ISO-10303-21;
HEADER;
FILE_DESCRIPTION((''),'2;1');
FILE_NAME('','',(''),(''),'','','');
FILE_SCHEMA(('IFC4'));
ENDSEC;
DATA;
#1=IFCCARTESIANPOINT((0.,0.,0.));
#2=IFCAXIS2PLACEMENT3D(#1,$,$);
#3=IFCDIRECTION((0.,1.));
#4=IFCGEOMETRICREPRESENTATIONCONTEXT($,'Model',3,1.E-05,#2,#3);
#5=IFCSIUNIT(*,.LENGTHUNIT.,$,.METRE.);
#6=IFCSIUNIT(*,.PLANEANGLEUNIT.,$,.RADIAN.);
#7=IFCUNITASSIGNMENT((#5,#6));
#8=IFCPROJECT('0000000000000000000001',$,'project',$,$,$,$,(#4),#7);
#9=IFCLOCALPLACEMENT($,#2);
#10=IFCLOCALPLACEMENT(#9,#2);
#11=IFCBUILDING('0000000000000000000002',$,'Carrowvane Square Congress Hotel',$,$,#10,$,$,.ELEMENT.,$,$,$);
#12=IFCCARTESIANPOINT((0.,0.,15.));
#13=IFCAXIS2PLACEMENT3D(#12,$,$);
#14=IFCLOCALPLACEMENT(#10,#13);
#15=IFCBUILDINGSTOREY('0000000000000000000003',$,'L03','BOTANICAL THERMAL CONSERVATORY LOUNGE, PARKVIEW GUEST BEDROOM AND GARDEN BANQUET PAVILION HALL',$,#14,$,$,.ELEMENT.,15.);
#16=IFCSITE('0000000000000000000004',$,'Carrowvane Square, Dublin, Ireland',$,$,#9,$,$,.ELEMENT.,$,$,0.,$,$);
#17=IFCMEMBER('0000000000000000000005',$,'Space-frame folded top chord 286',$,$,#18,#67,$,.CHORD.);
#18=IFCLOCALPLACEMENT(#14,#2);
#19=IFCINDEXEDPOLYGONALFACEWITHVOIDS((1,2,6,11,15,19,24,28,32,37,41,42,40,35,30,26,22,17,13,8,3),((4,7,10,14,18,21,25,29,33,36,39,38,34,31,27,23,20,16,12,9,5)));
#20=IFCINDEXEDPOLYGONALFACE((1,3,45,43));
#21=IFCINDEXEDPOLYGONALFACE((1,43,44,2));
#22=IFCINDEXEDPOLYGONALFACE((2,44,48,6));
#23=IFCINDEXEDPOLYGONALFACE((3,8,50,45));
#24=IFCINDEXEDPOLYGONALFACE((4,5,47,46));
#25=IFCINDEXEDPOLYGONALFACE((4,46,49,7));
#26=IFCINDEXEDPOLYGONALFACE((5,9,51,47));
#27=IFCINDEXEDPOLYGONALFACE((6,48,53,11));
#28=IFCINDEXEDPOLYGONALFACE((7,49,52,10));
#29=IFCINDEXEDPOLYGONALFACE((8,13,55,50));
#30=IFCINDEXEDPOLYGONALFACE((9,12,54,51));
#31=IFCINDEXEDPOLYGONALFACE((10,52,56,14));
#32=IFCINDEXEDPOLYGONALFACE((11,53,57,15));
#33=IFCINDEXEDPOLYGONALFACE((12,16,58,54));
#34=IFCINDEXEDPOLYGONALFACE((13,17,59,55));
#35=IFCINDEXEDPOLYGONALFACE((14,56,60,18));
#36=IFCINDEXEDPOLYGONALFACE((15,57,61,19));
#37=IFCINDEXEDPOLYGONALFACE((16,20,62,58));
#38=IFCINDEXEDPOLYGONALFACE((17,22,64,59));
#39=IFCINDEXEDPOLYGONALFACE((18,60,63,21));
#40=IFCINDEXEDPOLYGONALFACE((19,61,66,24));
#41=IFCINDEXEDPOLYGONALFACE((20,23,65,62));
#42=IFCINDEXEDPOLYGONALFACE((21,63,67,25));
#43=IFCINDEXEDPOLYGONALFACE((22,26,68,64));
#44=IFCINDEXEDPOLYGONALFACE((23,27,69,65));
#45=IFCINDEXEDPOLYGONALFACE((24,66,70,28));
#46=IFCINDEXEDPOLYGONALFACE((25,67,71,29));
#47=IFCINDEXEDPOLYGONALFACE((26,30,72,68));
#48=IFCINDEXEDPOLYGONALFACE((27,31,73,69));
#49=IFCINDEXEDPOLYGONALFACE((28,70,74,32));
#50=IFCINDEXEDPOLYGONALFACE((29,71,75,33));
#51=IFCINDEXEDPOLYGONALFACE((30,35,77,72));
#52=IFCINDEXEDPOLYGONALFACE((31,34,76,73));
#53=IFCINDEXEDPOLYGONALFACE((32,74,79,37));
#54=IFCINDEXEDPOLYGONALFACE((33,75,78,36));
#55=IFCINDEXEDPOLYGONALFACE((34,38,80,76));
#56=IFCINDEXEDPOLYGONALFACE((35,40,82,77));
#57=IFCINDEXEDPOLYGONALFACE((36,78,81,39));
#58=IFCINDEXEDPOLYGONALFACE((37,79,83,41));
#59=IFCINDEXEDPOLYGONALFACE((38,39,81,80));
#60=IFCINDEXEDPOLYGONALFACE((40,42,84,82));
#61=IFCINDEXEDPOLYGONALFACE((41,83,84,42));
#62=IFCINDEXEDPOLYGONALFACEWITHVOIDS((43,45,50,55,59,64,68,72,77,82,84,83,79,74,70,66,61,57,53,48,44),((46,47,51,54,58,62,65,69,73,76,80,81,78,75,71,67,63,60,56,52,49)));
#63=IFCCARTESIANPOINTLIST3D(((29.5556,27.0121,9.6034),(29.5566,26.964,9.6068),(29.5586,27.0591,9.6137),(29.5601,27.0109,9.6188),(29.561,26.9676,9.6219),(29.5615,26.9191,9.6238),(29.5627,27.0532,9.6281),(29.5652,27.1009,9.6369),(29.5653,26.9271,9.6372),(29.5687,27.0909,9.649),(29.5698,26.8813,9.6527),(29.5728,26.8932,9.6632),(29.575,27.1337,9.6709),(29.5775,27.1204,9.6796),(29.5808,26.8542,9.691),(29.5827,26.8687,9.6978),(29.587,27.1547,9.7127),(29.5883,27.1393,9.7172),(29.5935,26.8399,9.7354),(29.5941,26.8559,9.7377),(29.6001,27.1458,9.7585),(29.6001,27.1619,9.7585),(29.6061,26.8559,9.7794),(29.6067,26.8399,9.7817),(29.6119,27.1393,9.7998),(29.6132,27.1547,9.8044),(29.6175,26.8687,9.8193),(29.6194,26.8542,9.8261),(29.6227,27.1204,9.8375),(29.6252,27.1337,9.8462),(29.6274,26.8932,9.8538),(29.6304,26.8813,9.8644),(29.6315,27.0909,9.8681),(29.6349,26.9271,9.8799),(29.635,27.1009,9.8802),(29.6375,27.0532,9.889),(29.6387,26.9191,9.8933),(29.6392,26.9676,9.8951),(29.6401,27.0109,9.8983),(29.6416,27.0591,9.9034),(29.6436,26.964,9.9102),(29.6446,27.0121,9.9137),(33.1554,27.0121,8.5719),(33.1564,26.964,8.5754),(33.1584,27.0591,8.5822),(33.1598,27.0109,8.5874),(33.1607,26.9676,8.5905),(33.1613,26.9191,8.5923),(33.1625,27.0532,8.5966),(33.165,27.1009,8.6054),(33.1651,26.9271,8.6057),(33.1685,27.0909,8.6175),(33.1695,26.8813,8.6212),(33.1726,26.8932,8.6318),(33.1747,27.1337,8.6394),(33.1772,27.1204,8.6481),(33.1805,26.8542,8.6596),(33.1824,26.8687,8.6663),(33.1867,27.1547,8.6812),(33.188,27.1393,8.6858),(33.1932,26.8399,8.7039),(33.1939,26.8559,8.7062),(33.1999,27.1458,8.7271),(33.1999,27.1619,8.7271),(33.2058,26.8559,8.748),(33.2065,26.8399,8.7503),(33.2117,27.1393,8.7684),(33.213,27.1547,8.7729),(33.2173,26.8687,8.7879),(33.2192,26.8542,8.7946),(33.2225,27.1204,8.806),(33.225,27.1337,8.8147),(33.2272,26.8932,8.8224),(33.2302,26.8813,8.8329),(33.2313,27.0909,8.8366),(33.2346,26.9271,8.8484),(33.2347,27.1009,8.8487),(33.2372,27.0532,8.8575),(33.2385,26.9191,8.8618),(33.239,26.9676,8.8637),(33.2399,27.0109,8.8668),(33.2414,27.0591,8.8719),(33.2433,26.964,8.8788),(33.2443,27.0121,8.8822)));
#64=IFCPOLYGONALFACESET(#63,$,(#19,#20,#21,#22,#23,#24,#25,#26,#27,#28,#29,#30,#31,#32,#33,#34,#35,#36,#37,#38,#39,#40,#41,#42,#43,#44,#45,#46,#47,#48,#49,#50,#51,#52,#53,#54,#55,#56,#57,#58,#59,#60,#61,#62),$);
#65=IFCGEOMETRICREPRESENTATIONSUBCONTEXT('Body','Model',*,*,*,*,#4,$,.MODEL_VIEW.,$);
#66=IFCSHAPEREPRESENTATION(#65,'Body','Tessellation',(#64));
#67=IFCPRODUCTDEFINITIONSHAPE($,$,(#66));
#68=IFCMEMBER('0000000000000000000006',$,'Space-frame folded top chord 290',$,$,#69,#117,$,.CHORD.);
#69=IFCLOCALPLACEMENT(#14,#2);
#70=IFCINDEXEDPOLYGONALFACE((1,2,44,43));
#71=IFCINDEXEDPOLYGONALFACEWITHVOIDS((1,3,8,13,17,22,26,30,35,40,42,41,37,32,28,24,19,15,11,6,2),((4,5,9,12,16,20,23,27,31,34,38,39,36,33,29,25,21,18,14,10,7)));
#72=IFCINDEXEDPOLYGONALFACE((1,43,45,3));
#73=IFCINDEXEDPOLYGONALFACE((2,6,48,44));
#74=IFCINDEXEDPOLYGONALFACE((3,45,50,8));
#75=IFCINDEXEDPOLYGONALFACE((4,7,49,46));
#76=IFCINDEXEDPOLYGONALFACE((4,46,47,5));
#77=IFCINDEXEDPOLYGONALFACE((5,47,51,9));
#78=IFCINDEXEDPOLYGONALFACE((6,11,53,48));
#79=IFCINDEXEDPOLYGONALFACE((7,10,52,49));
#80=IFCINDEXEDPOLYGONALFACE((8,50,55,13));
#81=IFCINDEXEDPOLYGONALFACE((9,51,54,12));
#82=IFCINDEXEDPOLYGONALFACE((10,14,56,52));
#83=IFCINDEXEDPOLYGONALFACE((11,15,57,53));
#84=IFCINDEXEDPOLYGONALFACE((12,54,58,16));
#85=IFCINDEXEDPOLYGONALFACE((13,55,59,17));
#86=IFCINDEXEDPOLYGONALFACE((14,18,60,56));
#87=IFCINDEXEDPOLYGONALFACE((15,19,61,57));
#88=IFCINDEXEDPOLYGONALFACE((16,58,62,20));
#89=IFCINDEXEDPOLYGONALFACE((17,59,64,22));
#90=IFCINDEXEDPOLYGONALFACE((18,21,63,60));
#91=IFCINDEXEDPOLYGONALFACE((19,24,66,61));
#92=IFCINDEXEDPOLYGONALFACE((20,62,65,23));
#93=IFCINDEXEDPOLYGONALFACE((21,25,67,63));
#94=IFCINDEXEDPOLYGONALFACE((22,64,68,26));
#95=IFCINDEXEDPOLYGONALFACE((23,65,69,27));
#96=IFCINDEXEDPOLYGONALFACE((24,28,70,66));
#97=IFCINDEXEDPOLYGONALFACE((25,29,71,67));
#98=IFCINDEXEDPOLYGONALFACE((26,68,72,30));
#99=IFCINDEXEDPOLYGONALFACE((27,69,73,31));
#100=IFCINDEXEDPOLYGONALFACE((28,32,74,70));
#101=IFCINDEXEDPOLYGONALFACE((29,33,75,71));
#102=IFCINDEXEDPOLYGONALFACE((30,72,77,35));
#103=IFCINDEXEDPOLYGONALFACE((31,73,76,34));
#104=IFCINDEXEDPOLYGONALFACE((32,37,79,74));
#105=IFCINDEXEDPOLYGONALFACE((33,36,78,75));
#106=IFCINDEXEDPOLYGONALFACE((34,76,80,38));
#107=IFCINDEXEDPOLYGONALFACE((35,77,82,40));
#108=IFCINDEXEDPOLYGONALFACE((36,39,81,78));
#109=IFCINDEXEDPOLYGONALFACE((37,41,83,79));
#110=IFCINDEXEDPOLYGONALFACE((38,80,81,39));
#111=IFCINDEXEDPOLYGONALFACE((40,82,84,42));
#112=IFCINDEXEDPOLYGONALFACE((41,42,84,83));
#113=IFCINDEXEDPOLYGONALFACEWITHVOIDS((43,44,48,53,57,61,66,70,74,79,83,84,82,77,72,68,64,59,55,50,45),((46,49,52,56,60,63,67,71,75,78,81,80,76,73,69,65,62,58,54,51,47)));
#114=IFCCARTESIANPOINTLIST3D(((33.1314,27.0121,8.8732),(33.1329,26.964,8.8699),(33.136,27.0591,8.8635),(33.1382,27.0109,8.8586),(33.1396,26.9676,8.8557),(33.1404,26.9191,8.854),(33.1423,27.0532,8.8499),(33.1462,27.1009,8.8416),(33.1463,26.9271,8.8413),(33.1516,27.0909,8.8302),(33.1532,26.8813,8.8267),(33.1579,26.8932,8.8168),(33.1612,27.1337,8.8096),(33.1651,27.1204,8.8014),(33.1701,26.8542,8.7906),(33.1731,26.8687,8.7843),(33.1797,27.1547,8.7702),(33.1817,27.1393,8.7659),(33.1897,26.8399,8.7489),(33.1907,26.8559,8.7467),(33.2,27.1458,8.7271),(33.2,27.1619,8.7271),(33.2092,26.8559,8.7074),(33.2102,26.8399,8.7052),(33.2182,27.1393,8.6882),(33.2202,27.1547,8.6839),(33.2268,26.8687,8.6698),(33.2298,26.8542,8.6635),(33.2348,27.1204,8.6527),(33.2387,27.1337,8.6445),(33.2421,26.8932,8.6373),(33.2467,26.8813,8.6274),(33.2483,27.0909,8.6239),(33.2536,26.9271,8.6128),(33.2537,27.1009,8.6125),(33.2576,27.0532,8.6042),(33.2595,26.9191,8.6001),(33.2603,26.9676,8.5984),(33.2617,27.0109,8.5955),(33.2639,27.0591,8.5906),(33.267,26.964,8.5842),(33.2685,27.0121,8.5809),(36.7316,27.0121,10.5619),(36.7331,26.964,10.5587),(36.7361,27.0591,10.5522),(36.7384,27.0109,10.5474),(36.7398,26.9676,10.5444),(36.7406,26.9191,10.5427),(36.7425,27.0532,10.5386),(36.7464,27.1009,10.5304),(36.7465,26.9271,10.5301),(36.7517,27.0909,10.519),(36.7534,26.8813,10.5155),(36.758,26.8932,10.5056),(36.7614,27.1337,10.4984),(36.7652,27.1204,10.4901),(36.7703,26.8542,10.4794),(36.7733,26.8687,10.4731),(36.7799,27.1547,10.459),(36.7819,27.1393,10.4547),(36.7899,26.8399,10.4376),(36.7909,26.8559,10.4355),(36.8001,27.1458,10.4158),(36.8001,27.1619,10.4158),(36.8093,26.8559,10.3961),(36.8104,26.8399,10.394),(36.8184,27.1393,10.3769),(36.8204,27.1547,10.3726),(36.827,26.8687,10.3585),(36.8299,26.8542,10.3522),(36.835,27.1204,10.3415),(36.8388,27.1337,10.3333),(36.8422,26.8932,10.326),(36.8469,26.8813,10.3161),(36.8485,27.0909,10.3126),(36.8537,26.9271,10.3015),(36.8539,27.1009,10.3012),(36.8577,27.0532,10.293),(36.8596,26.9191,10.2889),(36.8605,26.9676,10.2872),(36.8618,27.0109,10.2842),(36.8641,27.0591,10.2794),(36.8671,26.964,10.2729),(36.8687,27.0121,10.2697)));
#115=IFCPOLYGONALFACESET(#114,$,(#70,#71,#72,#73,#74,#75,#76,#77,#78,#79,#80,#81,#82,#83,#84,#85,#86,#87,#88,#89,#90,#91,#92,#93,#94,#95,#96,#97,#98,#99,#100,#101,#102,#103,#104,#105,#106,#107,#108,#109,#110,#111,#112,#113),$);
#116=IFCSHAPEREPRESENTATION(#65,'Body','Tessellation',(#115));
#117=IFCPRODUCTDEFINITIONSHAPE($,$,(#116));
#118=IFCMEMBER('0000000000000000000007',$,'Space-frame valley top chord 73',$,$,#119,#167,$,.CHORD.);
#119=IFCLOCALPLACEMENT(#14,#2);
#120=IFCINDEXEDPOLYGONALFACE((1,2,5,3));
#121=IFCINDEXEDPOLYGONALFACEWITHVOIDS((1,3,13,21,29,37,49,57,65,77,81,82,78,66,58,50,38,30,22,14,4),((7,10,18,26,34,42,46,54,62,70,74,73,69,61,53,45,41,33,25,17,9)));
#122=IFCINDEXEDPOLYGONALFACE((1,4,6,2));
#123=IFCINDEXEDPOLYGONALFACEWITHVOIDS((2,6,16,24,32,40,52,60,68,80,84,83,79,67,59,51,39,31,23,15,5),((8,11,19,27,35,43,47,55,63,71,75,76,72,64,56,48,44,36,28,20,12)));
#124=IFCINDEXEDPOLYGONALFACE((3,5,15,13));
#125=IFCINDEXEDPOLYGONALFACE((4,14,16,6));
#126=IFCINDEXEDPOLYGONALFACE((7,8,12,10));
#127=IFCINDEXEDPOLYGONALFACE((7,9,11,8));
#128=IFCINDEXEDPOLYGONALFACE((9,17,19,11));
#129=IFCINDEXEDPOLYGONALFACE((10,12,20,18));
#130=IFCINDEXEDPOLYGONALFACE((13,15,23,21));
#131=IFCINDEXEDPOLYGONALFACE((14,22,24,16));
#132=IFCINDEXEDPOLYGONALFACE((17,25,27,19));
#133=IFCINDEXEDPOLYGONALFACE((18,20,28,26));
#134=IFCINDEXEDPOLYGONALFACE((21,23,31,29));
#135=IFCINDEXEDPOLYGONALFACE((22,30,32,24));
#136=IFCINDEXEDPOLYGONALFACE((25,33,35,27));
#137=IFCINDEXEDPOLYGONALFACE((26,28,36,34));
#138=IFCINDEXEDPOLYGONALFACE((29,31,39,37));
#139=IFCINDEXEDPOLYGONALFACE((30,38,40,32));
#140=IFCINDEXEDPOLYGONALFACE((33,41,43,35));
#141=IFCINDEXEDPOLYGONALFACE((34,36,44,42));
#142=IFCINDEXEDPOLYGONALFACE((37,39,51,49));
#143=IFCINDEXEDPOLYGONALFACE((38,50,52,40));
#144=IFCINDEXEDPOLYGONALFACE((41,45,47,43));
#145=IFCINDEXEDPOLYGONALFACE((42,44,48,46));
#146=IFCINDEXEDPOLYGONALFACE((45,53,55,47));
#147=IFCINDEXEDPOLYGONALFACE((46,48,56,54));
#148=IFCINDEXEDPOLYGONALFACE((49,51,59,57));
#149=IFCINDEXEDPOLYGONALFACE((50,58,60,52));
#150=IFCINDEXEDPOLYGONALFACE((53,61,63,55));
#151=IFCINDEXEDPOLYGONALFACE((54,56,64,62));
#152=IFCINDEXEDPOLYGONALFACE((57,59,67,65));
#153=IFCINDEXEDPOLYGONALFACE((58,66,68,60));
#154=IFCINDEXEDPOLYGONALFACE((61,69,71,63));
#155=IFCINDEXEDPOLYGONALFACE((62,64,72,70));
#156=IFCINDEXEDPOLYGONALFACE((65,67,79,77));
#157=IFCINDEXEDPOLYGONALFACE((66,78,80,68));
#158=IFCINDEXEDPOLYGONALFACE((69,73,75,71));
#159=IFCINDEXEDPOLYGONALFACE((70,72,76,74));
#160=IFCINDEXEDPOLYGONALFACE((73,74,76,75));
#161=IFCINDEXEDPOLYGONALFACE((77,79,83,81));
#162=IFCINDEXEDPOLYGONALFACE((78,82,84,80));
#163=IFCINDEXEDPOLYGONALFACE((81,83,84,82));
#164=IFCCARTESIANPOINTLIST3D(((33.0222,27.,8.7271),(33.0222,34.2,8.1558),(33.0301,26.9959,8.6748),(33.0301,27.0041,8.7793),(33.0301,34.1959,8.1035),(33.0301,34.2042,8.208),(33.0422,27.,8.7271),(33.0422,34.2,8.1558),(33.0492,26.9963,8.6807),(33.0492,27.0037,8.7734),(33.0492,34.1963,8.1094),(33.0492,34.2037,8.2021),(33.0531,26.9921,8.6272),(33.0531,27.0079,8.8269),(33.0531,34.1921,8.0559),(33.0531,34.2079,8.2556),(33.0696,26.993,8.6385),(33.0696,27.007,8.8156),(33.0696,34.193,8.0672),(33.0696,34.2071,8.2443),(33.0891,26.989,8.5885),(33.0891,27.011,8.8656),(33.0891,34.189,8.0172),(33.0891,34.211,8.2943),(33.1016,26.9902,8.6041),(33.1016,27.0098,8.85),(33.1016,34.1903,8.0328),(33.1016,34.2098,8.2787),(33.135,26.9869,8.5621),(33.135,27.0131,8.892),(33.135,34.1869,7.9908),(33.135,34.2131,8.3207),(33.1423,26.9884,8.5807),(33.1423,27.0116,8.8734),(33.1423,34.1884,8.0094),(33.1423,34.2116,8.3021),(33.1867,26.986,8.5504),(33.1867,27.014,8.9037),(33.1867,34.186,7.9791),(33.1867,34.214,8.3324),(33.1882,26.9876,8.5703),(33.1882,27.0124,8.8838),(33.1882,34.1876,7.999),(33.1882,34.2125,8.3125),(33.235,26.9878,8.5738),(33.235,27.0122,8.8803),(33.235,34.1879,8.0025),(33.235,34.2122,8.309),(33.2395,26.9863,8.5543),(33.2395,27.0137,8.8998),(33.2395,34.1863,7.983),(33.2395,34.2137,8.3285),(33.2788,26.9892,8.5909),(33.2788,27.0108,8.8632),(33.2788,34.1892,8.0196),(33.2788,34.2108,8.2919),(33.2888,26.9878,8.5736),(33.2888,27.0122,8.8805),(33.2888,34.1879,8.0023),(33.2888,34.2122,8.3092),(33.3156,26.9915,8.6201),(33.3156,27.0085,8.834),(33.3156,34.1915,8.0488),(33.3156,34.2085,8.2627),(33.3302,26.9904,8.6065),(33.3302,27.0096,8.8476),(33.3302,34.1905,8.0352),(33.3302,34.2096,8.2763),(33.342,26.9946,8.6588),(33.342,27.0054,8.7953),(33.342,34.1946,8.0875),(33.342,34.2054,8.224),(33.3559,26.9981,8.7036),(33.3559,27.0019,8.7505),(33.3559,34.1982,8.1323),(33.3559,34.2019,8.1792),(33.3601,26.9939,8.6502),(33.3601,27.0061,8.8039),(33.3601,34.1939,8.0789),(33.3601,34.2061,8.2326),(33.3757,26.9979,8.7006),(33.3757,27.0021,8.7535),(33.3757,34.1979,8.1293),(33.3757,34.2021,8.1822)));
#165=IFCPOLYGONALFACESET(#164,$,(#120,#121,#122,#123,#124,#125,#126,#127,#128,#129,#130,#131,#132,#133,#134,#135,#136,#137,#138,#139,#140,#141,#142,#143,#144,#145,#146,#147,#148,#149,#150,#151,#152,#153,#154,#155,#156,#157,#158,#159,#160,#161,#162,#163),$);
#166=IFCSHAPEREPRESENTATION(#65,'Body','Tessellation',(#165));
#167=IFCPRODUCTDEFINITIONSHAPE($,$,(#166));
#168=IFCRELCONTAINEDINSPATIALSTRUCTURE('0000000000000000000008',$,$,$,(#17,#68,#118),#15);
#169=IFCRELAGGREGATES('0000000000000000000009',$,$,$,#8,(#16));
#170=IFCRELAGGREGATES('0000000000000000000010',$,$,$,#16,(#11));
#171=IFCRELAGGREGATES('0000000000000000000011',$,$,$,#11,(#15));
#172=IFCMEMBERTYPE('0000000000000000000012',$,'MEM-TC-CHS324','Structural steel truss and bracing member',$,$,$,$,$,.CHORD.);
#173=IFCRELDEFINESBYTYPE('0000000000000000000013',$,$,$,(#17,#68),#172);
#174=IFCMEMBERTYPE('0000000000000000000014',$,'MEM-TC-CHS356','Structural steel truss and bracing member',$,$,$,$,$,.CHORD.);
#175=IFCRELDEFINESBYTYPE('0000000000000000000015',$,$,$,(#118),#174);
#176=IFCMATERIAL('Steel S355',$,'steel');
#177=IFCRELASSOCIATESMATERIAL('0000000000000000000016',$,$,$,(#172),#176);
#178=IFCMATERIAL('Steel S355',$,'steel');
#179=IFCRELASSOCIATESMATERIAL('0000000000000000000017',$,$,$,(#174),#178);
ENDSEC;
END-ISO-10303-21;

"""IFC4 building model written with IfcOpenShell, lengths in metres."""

from ifc_helpers import new_model, si_unit, direction, frame, origin, origin_2d, place, context, subcontext, project, spatial, hollow_circle, extrude, material, material_profile, profile_set, type_object, element, save


model = new_model("IFC4")

# Units and contexts
model_context = context("Model", 3, precision=1e-05, world=origin(), true_north=direction((0.0, 1.0)))
body_context = subcontext(model_context, "Body", "Model", "MODEL_VIEW")
ifc_project = project(units=[si_unit("LENGTHUNIT", "METRE"), si_unit("PLANEANGLEUNIT", "RADIAN")], contexts=[model_context])

# Site, building, storey
site_placement = place(None, origin())
site = spatial("IfcSite", under=ifc_project, at=site_placement, Name="Carrowvane Square, Dublin, Ireland", CompositionType="ELEMENT", RefElevation=0.0)
building_placement = place(site_placement, origin())
building = spatial("IfcBuilding", under=site, at=building_placement, Name="Carrowvane Square Congress Hotel", CompositionType="ELEMENT")
storey_placement = place(building_placement, frame((0.0, 0.0, 15.0)))
storey = spatial("IfcBuildingStorey", under=building, at=storey_placement, Name="L03", Description="BOTANICAL THERMAL CONSERVATORY LOUNGE, PARKVIEW GUEST BEDROOM AND GARDEN BANQUET PAVILION HALL", CompositionType="ELEMENT", Elevation=15.0)

# Members
ifc_material_1 = material(Name="Steel S355", Category="steel")
ifc_material_profile_1 = material_profile(ifc_material_1, hollow_circle(Radius=0.1619, WallThickness=0.0161, at=origin_2d()), Name="CHS 323.9x16")
ifc_profile_set_1 = profile_set([ifc_material_profile_1], Name="Steel S355")
member_type_1 = type_object("IfcMemberType", Name="MEM-TC-CHS324", Description="Structural steel truss and bracing member", PredefinedType="CHORD", material=ifc_profile_set_1)
member_1_placement = place(storey_placement, frame((29.6001, 27.0, 9.7585), z_axis=(0.961315, 0.0, -0.275453), x_axis=(0.0, 1.0, 0.0)))
element("IfcMember", 1, at=member_1_placement, inside=storey, type_object=member_type_1, Name="Space-frame folded top chord 286", PredefinedType="CHORD", context=body_context, shape_type="SweptSolid", body=[
    extrude(hollow_circle(Radius=0.1619, WallThickness=0.0161, at=origin_2d()), origin(), (0.0, 0.0, 1.0), 3.7446),
])
member_2_placement = place(storey_placement, frame((33.2, 27.0, 8.7271), z_axis=(0.905345, 0.0, 0.424676), x_axis=(0.0, 1.0, 0.0)))
element("IfcMember", 2, at=member_2_placement, inside=storey, type_object=member_type_1, Name="Space-frame folded top chord 290", PredefinedType="CHORD", context=body_context, shape_type="SweptSolid", body=[
    extrude(hollow_circle(Radius=0.1619, WallThickness=0.0161, at=origin_2d()), origin(), (0.0, 0.0, 1.0), 3.9766),
])
ifc_material_2 = material(Name="Steel S355", Category="steel")
ifc_material_profile_2 = material_profile(ifc_material_2, hollow_circle(Radius=0.1777, WallThickness=0.02, at=origin_2d()), Name="CHS 355.6x20")
ifc_profile_set_2 = profile_set([ifc_material_profile_2], Name="Steel S355")
member_type_2 = type_object("IfcMemberType", Name="MEM-TC-CHS356", Description="Structural steel truss and bracing member", PredefinedType="CHORD", material=ifc_profile_set_2)
member_3_placement = place(storey_placement, frame((33.2, 27.0, 8.7271), z_axis=(0.0, 0.996867, -0.079098), x_axis=(-1.0, 0.0, 0.0)))
element("IfcMember", 3, at=member_3_placement, inside=storey, type_object=member_type_2, Name="Space-frame valley top chord 73", PredefinedType="CHORD", context=body_context, shape_type="SweptSolid", body=[
    extrude(hollow_circle(Radius=0.1777, WallThickness=0.02, at=origin_2d()), origin(), (0.0, 0.0, 1.0), 7.2227),
])

save(model, "model.ifc")
